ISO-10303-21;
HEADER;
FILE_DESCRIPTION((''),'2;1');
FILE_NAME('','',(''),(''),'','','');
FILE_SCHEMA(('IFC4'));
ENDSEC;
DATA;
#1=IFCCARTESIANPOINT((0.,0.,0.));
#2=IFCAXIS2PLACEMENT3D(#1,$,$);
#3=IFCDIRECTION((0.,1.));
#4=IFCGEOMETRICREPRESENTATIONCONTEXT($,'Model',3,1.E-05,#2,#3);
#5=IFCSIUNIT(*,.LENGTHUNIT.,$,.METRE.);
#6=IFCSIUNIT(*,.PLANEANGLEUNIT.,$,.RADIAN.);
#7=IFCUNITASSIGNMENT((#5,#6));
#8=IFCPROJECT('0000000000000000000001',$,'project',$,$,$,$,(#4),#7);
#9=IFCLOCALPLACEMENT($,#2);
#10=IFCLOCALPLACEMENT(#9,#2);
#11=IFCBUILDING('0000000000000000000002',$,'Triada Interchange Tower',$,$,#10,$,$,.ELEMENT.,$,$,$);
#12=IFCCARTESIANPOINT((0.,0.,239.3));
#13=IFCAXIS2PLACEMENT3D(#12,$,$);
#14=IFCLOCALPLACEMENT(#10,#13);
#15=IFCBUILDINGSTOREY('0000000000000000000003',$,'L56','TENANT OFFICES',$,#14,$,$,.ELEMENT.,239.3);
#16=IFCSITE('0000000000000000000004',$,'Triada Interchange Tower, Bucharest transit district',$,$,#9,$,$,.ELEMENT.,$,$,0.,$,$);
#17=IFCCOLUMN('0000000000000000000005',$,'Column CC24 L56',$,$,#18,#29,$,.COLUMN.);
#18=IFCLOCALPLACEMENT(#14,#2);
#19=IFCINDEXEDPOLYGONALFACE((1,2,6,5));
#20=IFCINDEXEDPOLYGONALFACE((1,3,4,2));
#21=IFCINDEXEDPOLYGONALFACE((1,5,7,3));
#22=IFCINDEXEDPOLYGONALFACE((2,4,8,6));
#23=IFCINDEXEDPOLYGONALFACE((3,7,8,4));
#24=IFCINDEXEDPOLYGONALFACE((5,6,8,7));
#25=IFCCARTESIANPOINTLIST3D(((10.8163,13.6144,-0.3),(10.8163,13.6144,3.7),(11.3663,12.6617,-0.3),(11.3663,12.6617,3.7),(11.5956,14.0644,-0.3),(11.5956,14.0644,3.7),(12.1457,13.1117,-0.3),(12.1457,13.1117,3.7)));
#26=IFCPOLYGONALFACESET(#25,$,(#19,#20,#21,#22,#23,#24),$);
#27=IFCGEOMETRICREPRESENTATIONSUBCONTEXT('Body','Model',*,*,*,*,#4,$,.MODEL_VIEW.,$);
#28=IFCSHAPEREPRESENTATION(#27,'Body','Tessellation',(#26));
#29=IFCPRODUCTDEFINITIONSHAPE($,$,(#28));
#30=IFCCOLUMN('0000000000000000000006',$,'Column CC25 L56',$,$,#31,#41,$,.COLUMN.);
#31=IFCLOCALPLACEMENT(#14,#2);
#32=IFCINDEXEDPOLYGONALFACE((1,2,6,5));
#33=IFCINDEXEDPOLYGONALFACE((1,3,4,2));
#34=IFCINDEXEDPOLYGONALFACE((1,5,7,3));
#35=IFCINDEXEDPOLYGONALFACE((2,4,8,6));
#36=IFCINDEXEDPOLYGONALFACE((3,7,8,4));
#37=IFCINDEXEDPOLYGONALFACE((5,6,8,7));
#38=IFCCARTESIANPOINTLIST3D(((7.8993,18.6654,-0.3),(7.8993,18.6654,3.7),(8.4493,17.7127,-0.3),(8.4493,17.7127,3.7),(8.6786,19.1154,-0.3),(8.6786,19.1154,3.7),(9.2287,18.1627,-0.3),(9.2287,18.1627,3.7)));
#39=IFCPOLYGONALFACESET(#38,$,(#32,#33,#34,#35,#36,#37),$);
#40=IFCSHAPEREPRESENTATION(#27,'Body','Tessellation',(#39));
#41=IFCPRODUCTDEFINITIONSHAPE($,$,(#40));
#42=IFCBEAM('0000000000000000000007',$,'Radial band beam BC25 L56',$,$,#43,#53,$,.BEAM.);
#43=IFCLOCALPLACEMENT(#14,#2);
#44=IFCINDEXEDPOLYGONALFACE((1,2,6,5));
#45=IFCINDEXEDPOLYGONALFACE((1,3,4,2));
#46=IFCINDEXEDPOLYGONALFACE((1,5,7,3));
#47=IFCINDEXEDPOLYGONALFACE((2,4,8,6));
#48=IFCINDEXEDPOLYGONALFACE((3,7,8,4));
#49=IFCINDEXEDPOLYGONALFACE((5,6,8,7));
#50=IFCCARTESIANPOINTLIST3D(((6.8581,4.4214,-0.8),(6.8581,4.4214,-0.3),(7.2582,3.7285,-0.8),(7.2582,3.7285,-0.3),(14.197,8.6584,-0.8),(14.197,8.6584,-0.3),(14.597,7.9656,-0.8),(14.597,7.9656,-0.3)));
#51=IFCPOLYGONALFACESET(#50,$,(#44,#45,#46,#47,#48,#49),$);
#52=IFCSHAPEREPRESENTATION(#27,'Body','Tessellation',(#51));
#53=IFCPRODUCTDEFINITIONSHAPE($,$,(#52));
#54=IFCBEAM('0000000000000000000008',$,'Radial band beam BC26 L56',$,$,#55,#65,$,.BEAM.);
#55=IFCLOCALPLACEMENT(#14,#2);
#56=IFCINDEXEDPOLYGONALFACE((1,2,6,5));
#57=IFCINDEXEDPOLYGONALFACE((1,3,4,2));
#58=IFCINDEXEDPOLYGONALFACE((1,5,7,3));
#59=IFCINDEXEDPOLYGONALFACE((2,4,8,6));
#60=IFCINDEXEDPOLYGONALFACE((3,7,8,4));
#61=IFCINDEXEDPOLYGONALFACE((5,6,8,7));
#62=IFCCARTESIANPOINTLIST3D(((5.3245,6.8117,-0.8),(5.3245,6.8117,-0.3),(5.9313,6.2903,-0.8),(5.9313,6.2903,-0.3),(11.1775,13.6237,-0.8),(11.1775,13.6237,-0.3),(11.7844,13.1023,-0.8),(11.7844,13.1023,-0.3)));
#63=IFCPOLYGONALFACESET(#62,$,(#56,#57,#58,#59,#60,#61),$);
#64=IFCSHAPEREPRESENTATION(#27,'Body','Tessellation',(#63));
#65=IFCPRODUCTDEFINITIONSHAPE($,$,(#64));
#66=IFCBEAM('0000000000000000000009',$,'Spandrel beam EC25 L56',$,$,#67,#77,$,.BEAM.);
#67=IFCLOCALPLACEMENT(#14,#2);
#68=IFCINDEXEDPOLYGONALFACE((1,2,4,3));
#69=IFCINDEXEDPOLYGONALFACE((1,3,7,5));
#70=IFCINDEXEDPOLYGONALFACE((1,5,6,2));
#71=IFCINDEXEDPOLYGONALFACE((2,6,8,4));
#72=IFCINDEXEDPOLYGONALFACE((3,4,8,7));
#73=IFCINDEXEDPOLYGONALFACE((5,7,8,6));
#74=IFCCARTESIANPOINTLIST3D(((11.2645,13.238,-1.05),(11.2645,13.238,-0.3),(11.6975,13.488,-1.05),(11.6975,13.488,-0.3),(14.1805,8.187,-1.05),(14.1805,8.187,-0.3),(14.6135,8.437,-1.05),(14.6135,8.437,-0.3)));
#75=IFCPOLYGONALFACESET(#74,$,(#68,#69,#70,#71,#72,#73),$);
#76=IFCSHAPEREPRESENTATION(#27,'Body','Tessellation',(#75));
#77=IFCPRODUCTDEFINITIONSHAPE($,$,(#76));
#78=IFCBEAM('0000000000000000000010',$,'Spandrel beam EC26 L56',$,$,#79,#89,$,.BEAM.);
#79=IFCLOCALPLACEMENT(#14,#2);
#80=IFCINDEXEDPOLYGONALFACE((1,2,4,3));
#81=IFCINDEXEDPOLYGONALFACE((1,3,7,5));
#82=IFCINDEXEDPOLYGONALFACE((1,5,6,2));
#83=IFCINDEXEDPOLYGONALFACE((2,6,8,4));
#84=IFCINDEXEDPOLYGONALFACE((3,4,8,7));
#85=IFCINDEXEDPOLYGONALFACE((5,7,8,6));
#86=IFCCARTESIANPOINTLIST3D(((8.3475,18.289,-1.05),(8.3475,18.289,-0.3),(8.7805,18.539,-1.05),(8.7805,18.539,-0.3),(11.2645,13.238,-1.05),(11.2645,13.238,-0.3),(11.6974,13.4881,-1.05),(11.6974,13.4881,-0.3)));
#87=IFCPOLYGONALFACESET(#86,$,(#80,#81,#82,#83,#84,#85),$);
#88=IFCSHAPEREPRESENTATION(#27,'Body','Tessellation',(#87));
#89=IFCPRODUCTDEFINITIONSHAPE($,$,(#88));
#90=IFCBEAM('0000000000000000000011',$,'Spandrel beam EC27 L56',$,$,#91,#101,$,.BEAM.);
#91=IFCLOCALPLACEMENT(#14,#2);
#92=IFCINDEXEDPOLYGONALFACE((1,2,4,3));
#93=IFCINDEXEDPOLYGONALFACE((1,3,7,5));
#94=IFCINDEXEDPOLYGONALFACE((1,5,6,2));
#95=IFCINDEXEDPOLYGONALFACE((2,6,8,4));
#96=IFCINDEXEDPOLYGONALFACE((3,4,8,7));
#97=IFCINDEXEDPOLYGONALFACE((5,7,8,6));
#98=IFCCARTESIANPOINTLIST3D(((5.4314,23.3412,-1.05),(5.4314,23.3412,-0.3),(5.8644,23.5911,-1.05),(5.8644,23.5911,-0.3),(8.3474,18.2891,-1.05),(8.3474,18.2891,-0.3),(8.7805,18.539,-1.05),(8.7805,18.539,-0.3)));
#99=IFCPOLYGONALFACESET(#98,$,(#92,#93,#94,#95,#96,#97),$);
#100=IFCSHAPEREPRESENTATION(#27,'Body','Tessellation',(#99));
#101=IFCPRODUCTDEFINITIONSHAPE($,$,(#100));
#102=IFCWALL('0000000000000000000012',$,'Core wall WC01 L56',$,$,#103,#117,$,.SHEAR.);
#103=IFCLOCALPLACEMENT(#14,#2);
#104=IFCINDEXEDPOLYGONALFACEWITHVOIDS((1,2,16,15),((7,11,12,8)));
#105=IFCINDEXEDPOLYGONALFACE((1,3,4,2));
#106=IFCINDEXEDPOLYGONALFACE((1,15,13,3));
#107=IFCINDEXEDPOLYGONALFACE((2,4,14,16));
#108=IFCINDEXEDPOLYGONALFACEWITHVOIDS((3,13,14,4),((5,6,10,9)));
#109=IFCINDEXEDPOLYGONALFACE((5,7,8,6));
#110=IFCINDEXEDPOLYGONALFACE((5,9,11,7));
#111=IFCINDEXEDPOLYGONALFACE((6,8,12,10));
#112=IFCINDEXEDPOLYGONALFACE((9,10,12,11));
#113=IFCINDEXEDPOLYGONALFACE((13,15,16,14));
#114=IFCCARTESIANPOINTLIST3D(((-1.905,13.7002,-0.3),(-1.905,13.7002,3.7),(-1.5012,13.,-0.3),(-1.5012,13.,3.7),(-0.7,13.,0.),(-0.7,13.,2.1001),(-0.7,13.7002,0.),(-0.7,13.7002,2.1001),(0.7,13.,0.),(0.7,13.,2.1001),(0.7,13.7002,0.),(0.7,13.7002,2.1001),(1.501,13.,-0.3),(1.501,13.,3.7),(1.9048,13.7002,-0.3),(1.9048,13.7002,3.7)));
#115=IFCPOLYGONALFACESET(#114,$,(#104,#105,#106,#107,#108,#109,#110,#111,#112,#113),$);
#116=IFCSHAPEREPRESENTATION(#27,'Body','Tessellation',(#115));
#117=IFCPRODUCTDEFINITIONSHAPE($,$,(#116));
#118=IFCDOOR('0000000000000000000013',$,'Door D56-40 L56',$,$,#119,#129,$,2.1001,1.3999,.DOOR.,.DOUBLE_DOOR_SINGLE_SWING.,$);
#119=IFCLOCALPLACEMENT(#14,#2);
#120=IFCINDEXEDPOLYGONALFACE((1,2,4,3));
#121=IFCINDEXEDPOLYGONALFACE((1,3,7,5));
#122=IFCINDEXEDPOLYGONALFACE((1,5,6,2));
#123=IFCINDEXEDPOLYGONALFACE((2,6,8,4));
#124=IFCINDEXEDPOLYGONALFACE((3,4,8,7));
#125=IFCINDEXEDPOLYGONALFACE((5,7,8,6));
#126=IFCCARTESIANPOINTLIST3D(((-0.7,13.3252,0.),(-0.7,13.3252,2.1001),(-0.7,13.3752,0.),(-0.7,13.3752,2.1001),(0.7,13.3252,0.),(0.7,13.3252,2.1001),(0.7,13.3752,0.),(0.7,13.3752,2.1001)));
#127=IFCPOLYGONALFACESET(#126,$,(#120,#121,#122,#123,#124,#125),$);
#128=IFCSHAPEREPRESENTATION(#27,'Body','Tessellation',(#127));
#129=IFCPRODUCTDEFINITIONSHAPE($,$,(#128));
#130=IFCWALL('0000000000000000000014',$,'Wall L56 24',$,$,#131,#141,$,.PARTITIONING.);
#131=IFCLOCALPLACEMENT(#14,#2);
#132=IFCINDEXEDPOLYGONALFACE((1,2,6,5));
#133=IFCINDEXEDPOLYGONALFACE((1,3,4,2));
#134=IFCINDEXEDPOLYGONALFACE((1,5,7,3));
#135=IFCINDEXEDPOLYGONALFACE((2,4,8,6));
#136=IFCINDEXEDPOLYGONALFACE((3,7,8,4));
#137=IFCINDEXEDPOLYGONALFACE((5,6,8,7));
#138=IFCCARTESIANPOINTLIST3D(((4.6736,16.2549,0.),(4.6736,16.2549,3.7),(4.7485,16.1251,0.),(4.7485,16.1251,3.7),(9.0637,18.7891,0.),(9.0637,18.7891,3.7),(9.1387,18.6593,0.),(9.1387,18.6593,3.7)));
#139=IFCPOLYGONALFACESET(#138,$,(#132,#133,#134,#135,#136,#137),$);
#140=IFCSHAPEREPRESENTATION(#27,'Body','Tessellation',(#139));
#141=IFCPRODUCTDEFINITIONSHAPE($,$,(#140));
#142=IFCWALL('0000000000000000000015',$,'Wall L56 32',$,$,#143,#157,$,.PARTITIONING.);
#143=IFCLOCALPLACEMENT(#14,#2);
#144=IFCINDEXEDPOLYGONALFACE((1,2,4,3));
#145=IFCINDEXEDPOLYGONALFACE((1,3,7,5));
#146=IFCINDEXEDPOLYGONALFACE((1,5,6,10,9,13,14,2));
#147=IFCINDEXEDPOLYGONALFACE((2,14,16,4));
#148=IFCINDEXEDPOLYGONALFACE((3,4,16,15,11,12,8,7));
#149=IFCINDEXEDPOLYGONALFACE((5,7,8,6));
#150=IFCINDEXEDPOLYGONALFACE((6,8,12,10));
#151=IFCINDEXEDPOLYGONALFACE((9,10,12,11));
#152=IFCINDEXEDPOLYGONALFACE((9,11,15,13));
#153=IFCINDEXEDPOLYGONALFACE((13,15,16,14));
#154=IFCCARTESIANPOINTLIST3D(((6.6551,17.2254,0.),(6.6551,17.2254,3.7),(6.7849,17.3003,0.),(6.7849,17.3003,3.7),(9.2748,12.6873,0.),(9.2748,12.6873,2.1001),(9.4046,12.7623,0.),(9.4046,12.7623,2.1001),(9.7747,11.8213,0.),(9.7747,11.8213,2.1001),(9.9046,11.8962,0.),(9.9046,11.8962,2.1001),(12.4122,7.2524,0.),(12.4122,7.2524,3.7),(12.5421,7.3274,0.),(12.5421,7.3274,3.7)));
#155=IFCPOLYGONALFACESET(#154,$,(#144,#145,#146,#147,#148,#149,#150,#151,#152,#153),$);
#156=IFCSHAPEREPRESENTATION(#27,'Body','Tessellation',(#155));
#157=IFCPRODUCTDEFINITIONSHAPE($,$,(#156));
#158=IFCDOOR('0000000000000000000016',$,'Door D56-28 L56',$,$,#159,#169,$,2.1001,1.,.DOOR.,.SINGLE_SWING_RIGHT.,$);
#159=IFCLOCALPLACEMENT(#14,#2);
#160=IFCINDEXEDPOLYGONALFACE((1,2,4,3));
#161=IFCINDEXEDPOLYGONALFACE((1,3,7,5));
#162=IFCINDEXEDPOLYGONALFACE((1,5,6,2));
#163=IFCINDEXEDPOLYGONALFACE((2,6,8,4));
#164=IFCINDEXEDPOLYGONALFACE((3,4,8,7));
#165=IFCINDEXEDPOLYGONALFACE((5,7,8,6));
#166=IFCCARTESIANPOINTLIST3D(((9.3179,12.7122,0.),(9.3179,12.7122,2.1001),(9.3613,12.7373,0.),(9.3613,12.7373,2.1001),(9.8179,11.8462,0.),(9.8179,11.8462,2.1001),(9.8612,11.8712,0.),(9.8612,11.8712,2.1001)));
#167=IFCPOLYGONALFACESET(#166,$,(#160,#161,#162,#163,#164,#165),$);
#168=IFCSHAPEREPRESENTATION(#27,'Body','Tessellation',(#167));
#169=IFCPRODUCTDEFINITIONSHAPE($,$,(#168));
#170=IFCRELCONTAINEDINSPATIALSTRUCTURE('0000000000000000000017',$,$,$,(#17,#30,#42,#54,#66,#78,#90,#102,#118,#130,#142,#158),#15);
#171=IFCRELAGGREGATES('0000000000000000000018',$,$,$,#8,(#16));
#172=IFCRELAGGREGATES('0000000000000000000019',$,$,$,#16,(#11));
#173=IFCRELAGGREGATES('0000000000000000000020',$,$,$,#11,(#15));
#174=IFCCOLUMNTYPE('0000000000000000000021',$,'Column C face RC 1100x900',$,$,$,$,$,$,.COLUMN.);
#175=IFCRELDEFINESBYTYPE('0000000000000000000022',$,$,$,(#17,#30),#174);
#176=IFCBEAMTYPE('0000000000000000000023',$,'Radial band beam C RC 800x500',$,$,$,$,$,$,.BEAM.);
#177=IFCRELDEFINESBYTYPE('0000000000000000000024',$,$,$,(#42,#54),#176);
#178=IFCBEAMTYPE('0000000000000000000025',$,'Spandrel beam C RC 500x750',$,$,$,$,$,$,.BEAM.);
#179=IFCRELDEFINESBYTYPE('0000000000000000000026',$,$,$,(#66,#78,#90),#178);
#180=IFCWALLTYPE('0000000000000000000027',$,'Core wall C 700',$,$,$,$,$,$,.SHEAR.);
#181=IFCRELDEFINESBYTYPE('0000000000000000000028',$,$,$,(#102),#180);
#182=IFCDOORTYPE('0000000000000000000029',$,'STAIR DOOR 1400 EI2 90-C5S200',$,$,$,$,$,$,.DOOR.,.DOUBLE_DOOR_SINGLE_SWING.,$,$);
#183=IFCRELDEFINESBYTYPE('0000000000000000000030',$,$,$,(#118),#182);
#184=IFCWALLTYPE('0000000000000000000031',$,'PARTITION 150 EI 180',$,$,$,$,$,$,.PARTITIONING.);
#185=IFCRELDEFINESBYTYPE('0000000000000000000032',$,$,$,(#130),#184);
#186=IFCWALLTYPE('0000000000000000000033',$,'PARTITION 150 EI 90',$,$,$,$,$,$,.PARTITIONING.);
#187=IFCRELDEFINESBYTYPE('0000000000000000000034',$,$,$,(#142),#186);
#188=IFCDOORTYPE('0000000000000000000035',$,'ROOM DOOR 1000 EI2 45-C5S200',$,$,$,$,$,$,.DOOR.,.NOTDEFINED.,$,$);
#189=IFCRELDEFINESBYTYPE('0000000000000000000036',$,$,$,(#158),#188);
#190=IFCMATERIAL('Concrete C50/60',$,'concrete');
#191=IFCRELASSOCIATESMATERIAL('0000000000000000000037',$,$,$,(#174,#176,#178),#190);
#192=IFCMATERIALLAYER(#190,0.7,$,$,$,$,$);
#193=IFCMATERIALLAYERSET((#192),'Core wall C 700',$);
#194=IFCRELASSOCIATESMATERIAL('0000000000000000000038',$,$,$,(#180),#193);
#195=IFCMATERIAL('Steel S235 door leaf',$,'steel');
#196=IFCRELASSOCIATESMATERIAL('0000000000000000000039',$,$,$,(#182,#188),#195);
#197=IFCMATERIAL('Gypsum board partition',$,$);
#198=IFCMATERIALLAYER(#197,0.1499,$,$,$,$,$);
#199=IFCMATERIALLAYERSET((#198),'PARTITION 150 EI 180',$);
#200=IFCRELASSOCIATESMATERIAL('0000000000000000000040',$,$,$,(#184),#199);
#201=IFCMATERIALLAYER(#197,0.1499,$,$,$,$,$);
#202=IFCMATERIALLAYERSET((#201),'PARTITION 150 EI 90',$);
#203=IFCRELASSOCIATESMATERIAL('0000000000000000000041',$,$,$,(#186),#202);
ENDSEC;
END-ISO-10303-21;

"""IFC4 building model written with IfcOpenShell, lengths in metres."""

from ifc_helpers import new_model, si_unit, direction, frame, frame_2d, origin, origin_2d, place, context, subcontext, project, spatial, polyline, rectangle, outline, extrude, material, layer, layer_set, material_profile, profile_set, type_object, element, fill, save


model = new_model("IFC4")

# Units and contexts
model_context = context("Model", 3, precision=1e-05, world=origin(), true_north=direction((0.0, 1.0)))
body_context = subcontext(model_context, "Body", "Model", "MODEL_VIEW")
ifc_project = project(units=[si_unit("LENGTHUNIT", "METRE"), si_unit("PLANEANGLEUNIT", "RADIAN")], contexts=[model_context])

# Site, building, storey
site_placement = place(None, origin())
site = spatial("IfcSite", under=ifc_project, at=site_placement, Name="Triada Interchange Tower, Bucharest transit district", CompositionType="ELEMENT", RefElevation=0.0)
building_placement = place(site_placement, origin())
building = spatial("IfcBuilding", under=site, at=building_placement, Name="Triada Interchange Tower", CompositionType="ELEMENT")
storey_placement = place(building_placement, frame((0.0, 0.0, 239.3)))
storey = spatial("IfcBuildingStorey", under=building, at=storey_placement, Name="L56", Description="TENANT OFFICES", CompositionType="ELEMENT", Elevation=239.3)

# Columns
ifc_material_1 = material(Name="Concrete C50/60", Category="concrete")
ifc_material_profile_1 = material_profile(ifc_material_1, rectangle(XDim=1.1001, YDim=0.8999, at=origin_2d()), Name="RC 1100x900")
ifc_profile_set_1 = profile_set([ifc_material_profile_1], Name="Concrete C50/60")
column_type = type_object("IfcColumnType", Name="Column C face RC 1100x900", PredefinedType="COLUMN", material=ifc_profile_set_1)
for number, where, z_axis, x_axis, name in (
    (1, (11.481, 13.363, -0.3), (0.0, 0.0, 1.0), (-0.5, 0.866025, 0.0), "Column CC24 L56"),
    (2, (8.564, 18.4141, -0.3), (0.0, 0.0, 1.0), (-0.5, 0.866025, 0.0), "Column CC25 L56"),
):
    element("IfcColumn", number, at=place(storey_placement, frame(where, z_axis=z_axis, x_axis=x_axis)), inside=storey, type_object=column_type, Name=name, PredefinedType="COLUMN", context=body_context, shape_type="SweptSolid", body=[
        extrude(rectangle(XDim=1.1001, YDim=0.8999, at=origin_2d()), origin(), (0.0, 0.0, 1.0), 4.0),
    ])

# Beams
ifc_material_profile_2 = material_profile(ifc_material_1, rectangle(XDim=0.8, YDim=0.5, at=origin_2d()), Name="RC 800x500")
ifc_profile_set_2 = profile_set([ifc_material_profile_2], Name="Concrete C50/60")
beam_type_1 = type_object("IfcBeamType", Name="Radial band beam C RC 800x500", PredefinedType="BEAM", material=ifc_profile_set_2)
beam_1_placement = place(storey_placement, frame((14.397, 8.312, -0.55), z_axis=(-0.866027, -0.499997, 0.0), x_axis=(0.499997, -0.866027, 0.0)))
element("IfcBeam", 3, at=beam_1_placement, inside=storey, type_object=beam_type_1, Name="Radial band beam BC25 L56", PredefinedType="BEAM", context=body_context, shape_type="SweptSolid", body=[
    extrude(rectangle(XDim=0.8, YDim=0.5, at=origin_2d()), origin(), (0.0, 0.0, 1.0), 8.4741),
])
beam_2_placement = place(storey_placement, frame((11.481, 13.363, -0.55), z_axis=(-0.6517, -0.758477, 0.0), x_axis=(0.758477, -0.6517, 0.0)))
element("IfcBeam", 4, at=beam_2_placement, inside=storey, type_object=beam_type_1, Name="Radial band beam BC26 L56", PredefinedType="BEAM", context=body_context, shape_type="SweptSolid", body=[
    extrude(rectangle(XDim=0.8, YDim=0.5, at=origin_2d()), origin(), (0.0, 0.0, 1.0), 8.9812),
])
ifc_material_profile_3 = material_profile(ifc_material_1, rectangle(XDim=0.5, YDim=0.75, at=origin_2d()), Name="RC 500x750")
ifc_profile_set_3 = profile_set([ifc_material_profile_3], Name="Concrete C50/60")
beam_type_2 = type_object("IfcBeamType", Name="Spandrel beam C RC 500x750", PredefinedType="BEAM", material=ifc_profile_set_3)
beam_3_placement = place(storey_placement, frame((14.397, 8.312, -0.675), z_axis=(-0.499975, 0.86604, 0.0), x_axis=(-0.86604, -0.499975, 0.0)))
element("IfcBeam", 5, at=beam_3_placement, inside=storey, type_object=beam_type_2, Name="Spandrel beam EC25 L56", PredefinedType="BEAM", context=body_context, shape_type="SweptSolid", body=[
    extrude(rectangle(XDim=0.5, YDim=0.75, at=origin_2d()), origin(), (0.0, 0.0, 1.0), 5.8323),
])
beam_4_placement = place(storey_placement, frame((11.481, 13.363, -0.675), z_axis=(-0.5001, 0.865967, 0.0), x_axis=(-0.865967, -0.5001, 0.0)))
element("IfcBeam", 6, at=beam_4_placement, inside=storey, type_object=beam_type_2, Name="Spandrel beam EC26 L56", PredefinedType="BEAM", context=body_context, shape_type="SweptSolid", body=[
    extrude(rectangle(XDim=0.5, YDim=0.75, at=origin_2d()), origin(), (0.0, 0.0, 1.0), 5.8328),
])
beam_5_placement = place(storey_placement, frame((8.564, 18.4141, -0.675), z_axis=(-0.499902, 0.866082, 0.0), x_axis=(-0.866082, -0.499902, 0.0)))
element("IfcBeam", 7, at=beam_5_placement, inside=storey, type_object=beam_type_2, Name="Spandrel beam EC27 L56", PredefinedType="BEAM", context=body_context, shape_type="SweptSolid", body=[
    extrude(rectangle(XDim=0.5, YDim=0.75, at=origin_2d()), origin(), (0.0, 0.0, 1.0), 5.8333),
])

# Wall, opening, door
ifc_layer_1 = layer(ifc_material_1, 0.7)
ifc_layer_set_1 = layer_set([ifc_layer_1], Name="Core wall C 700")
wall_type_1 = type_object("IfcWallType", Name="Core wall C 700", PredefinedType="SHEAR", material=ifc_layer_set_1)
wall_1_placement = place(storey_placement, frame((1.7029, 13.3501, -0.3), z_axis=(0.0, 0.0, 1.0), x_axis=(-1.0, 0.0, 0.0)))
wall_1 = element("IfcWall", 8, at=wall_1_placement, inside=storey, type_object=wall_type_1, Name="Core wall WC01 L56", PredefinedType="SHEAR", context=body_context, shape_type="SweptSolid", body=[
    extrude(outline(polyline([(-0.2019, -0.3501), (1.7031, -0.3501), (3.6079, -0.3501), (3.2041, 0.3501), (1.7031, 0.3501), (0.2019, 0.3501), (-0.2019, -0.3501)])), origin(), (0.0, 0.0, 1.0), 4.0),
])
opening_1_placement = place(wall_1_placement, frame((1.0029, 0.0, 0.3)))
opening_1 = element("IfcOpeningElement", 9, at=opening_1_placement, cuts=wall_1, PredefinedType="OPENING", context=body_context, shape_type="SweptSolid", body=[
    extrude(rectangle(XDim=1.3999, YDim=2.1001, at=frame_2d((0.7, 1.05))), frame((0.0, 0.3601, 0.0), z_axis=(0.0, -1.0, 0.0), x_axis=(1.0, 0.0, 0.0)), (0.0, 0.0, 1.0), 0.7202),
])
ifc_material_2 = material(Name="Steel S235 door leaf", Category="steel")
door_type_1 = type_object("IfcDoorType", Name="STAIR DOOR 1400 EI2 90-C5S200", OperationType="DOUBLE_DOOR_SINGLE_SWING", PredefinedType="DOOR", material=ifc_material_2)
door_1_placement = place(opening_1_placement, origin())
door_1 = element("IfcDoor", 10, at=door_1_placement, inside=storey, type_object=door_type_1, Name="Door D56-40 L56", OperationType="DOUBLE_DOOR_SINGLE_SWING", OverallHeight=2.1001, OverallWidth=1.3999, PredefinedType="DOOR", context=body_context, shape_type="SweptSolid", body=[
    extrude(rectangle(XDim=1.3999, YDim=2.1001, at=frame_2d((0.7, 1.05))), frame((0.0, 0.0249, 0.0), z_axis=(0.0, -1.0, 0.0), x_axis=(1.0, 0.0, 0.0)), (0.0, 0.0, 1.0), 0.05),
])
fill(opening_1, door_1)

# Wall
ifc_material_3 = material(Name="Gypsum board partition")
ifc_layer_2 = layer(ifc_material_3, 0.1499)
ifc_layer_set_2 = layer_set([ifc_layer_2], Name="PARTITION 150 EI 180")
wall_type_2 = type_object("IfcWallType", Name="PARTITION 150 EI 180", PredefinedType="PARTITIONING", material=ifc_layer_set_2)
wall_2_placement = place(storey_placement, frame((4.7109, 16.1899, 0.0), z_axis=(0.0, 0.0, 1.0), x_axis=(0.866065, 0.499931, 0.0)))
element("IfcWall", 11, at=wall_2_placement, inside=storey, type_object=wall_type_2, Name="Wall L56 24", PredefinedType="PARTITIONING", context=body_context, shape_type="SweptSolid", body=[
    extrude(rectangle(XDim=5.0691, YDim=0.1499, at=frame_2d((2.5347, 0.0))), origin(), (0.0, 0.0, 1.0), 3.7),
])

# Wall, opening, door
ifc_layer_3 = layer(ifc_material_3, 0.1499)
ifc_layer_set_3 = layer_set([ifc_layer_3], Name="PARTITION 150 EI 90")
wall_type_3 = type_object("IfcWallType", Name="PARTITION 150 EI 90", PredefinedType="PARTITIONING", material=ifc_layer_set_3)
wall_3_placement = place(storey_placement, frame((6.72, 17.2629, 0.0), z_axis=(0.0, 0.0, 1.0), x_axis=(0.499949, -0.866055, 0.0)))
wall_3 = element("IfcWall", 12, at=wall_3_placement, inside=storey, type_object=wall_type_3, Name="Wall L56 32", PredefinedType="PARTITIONING", context=body_context, shape_type="SweptSolid", body=[
    extrude(rectangle(XDim=11.5154, YDim=0.1499, at=frame_2d((5.7578, 0.0))), origin(), (0.0, 0.0, 1.0), 3.7),
])
opening_2_placement = place(wall_3_placement, frame((5.24, 0.0, 0.0)))
opening_2 = element("IfcOpeningElement", 13, at=opening_2_placement, cuts=wall_3, PredefinedType="OPENING", context=body_context, shape_type="SweptSolid", body=[
    extrude(rectangle(XDim=1.0, YDim=2.1001, at=frame_2d((0.5, 1.05))), frame((0.0, 0.085, 0.0), z_axis=(0.0, -1.0, 0.0), x_axis=(1.0, 0.0, 0.0)), (0.0, 0.0, 1.0), 0.1699),
])
door_type_2 = type_object("IfcDoorType", Name="ROOM DOOR 1000 EI2 45-C5S200", OperationType="NOTDEFINED", PredefinedType="DOOR", material=ifc_material_2)
door_2_placement = place(opening_2_placement, origin())
door_2 = element("IfcDoor", 14, at=door_2_placement, inside=storey, type_object=door_type_2, Name="Door D56-28 L56", OperationType="SINGLE_SWING_RIGHT", OverallHeight=2.1001, OverallWidth=1.0, PredefinedType="DOOR", context=body_context, shape_type="SweptSolid", body=[
    extrude(rectangle(XDim=1.0, YDim=2.1001, at=frame_2d((0.5, 1.05))), frame((0.0, 0.0249, 0.0), z_axis=(0.0, -1.0, 0.0), x_axis=(1.0, 0.0, 0.0)), (0.0, 0.0, 1.0), 0.05),
])
fill(opening_2, door_2)

save(model, "model.ifc")
